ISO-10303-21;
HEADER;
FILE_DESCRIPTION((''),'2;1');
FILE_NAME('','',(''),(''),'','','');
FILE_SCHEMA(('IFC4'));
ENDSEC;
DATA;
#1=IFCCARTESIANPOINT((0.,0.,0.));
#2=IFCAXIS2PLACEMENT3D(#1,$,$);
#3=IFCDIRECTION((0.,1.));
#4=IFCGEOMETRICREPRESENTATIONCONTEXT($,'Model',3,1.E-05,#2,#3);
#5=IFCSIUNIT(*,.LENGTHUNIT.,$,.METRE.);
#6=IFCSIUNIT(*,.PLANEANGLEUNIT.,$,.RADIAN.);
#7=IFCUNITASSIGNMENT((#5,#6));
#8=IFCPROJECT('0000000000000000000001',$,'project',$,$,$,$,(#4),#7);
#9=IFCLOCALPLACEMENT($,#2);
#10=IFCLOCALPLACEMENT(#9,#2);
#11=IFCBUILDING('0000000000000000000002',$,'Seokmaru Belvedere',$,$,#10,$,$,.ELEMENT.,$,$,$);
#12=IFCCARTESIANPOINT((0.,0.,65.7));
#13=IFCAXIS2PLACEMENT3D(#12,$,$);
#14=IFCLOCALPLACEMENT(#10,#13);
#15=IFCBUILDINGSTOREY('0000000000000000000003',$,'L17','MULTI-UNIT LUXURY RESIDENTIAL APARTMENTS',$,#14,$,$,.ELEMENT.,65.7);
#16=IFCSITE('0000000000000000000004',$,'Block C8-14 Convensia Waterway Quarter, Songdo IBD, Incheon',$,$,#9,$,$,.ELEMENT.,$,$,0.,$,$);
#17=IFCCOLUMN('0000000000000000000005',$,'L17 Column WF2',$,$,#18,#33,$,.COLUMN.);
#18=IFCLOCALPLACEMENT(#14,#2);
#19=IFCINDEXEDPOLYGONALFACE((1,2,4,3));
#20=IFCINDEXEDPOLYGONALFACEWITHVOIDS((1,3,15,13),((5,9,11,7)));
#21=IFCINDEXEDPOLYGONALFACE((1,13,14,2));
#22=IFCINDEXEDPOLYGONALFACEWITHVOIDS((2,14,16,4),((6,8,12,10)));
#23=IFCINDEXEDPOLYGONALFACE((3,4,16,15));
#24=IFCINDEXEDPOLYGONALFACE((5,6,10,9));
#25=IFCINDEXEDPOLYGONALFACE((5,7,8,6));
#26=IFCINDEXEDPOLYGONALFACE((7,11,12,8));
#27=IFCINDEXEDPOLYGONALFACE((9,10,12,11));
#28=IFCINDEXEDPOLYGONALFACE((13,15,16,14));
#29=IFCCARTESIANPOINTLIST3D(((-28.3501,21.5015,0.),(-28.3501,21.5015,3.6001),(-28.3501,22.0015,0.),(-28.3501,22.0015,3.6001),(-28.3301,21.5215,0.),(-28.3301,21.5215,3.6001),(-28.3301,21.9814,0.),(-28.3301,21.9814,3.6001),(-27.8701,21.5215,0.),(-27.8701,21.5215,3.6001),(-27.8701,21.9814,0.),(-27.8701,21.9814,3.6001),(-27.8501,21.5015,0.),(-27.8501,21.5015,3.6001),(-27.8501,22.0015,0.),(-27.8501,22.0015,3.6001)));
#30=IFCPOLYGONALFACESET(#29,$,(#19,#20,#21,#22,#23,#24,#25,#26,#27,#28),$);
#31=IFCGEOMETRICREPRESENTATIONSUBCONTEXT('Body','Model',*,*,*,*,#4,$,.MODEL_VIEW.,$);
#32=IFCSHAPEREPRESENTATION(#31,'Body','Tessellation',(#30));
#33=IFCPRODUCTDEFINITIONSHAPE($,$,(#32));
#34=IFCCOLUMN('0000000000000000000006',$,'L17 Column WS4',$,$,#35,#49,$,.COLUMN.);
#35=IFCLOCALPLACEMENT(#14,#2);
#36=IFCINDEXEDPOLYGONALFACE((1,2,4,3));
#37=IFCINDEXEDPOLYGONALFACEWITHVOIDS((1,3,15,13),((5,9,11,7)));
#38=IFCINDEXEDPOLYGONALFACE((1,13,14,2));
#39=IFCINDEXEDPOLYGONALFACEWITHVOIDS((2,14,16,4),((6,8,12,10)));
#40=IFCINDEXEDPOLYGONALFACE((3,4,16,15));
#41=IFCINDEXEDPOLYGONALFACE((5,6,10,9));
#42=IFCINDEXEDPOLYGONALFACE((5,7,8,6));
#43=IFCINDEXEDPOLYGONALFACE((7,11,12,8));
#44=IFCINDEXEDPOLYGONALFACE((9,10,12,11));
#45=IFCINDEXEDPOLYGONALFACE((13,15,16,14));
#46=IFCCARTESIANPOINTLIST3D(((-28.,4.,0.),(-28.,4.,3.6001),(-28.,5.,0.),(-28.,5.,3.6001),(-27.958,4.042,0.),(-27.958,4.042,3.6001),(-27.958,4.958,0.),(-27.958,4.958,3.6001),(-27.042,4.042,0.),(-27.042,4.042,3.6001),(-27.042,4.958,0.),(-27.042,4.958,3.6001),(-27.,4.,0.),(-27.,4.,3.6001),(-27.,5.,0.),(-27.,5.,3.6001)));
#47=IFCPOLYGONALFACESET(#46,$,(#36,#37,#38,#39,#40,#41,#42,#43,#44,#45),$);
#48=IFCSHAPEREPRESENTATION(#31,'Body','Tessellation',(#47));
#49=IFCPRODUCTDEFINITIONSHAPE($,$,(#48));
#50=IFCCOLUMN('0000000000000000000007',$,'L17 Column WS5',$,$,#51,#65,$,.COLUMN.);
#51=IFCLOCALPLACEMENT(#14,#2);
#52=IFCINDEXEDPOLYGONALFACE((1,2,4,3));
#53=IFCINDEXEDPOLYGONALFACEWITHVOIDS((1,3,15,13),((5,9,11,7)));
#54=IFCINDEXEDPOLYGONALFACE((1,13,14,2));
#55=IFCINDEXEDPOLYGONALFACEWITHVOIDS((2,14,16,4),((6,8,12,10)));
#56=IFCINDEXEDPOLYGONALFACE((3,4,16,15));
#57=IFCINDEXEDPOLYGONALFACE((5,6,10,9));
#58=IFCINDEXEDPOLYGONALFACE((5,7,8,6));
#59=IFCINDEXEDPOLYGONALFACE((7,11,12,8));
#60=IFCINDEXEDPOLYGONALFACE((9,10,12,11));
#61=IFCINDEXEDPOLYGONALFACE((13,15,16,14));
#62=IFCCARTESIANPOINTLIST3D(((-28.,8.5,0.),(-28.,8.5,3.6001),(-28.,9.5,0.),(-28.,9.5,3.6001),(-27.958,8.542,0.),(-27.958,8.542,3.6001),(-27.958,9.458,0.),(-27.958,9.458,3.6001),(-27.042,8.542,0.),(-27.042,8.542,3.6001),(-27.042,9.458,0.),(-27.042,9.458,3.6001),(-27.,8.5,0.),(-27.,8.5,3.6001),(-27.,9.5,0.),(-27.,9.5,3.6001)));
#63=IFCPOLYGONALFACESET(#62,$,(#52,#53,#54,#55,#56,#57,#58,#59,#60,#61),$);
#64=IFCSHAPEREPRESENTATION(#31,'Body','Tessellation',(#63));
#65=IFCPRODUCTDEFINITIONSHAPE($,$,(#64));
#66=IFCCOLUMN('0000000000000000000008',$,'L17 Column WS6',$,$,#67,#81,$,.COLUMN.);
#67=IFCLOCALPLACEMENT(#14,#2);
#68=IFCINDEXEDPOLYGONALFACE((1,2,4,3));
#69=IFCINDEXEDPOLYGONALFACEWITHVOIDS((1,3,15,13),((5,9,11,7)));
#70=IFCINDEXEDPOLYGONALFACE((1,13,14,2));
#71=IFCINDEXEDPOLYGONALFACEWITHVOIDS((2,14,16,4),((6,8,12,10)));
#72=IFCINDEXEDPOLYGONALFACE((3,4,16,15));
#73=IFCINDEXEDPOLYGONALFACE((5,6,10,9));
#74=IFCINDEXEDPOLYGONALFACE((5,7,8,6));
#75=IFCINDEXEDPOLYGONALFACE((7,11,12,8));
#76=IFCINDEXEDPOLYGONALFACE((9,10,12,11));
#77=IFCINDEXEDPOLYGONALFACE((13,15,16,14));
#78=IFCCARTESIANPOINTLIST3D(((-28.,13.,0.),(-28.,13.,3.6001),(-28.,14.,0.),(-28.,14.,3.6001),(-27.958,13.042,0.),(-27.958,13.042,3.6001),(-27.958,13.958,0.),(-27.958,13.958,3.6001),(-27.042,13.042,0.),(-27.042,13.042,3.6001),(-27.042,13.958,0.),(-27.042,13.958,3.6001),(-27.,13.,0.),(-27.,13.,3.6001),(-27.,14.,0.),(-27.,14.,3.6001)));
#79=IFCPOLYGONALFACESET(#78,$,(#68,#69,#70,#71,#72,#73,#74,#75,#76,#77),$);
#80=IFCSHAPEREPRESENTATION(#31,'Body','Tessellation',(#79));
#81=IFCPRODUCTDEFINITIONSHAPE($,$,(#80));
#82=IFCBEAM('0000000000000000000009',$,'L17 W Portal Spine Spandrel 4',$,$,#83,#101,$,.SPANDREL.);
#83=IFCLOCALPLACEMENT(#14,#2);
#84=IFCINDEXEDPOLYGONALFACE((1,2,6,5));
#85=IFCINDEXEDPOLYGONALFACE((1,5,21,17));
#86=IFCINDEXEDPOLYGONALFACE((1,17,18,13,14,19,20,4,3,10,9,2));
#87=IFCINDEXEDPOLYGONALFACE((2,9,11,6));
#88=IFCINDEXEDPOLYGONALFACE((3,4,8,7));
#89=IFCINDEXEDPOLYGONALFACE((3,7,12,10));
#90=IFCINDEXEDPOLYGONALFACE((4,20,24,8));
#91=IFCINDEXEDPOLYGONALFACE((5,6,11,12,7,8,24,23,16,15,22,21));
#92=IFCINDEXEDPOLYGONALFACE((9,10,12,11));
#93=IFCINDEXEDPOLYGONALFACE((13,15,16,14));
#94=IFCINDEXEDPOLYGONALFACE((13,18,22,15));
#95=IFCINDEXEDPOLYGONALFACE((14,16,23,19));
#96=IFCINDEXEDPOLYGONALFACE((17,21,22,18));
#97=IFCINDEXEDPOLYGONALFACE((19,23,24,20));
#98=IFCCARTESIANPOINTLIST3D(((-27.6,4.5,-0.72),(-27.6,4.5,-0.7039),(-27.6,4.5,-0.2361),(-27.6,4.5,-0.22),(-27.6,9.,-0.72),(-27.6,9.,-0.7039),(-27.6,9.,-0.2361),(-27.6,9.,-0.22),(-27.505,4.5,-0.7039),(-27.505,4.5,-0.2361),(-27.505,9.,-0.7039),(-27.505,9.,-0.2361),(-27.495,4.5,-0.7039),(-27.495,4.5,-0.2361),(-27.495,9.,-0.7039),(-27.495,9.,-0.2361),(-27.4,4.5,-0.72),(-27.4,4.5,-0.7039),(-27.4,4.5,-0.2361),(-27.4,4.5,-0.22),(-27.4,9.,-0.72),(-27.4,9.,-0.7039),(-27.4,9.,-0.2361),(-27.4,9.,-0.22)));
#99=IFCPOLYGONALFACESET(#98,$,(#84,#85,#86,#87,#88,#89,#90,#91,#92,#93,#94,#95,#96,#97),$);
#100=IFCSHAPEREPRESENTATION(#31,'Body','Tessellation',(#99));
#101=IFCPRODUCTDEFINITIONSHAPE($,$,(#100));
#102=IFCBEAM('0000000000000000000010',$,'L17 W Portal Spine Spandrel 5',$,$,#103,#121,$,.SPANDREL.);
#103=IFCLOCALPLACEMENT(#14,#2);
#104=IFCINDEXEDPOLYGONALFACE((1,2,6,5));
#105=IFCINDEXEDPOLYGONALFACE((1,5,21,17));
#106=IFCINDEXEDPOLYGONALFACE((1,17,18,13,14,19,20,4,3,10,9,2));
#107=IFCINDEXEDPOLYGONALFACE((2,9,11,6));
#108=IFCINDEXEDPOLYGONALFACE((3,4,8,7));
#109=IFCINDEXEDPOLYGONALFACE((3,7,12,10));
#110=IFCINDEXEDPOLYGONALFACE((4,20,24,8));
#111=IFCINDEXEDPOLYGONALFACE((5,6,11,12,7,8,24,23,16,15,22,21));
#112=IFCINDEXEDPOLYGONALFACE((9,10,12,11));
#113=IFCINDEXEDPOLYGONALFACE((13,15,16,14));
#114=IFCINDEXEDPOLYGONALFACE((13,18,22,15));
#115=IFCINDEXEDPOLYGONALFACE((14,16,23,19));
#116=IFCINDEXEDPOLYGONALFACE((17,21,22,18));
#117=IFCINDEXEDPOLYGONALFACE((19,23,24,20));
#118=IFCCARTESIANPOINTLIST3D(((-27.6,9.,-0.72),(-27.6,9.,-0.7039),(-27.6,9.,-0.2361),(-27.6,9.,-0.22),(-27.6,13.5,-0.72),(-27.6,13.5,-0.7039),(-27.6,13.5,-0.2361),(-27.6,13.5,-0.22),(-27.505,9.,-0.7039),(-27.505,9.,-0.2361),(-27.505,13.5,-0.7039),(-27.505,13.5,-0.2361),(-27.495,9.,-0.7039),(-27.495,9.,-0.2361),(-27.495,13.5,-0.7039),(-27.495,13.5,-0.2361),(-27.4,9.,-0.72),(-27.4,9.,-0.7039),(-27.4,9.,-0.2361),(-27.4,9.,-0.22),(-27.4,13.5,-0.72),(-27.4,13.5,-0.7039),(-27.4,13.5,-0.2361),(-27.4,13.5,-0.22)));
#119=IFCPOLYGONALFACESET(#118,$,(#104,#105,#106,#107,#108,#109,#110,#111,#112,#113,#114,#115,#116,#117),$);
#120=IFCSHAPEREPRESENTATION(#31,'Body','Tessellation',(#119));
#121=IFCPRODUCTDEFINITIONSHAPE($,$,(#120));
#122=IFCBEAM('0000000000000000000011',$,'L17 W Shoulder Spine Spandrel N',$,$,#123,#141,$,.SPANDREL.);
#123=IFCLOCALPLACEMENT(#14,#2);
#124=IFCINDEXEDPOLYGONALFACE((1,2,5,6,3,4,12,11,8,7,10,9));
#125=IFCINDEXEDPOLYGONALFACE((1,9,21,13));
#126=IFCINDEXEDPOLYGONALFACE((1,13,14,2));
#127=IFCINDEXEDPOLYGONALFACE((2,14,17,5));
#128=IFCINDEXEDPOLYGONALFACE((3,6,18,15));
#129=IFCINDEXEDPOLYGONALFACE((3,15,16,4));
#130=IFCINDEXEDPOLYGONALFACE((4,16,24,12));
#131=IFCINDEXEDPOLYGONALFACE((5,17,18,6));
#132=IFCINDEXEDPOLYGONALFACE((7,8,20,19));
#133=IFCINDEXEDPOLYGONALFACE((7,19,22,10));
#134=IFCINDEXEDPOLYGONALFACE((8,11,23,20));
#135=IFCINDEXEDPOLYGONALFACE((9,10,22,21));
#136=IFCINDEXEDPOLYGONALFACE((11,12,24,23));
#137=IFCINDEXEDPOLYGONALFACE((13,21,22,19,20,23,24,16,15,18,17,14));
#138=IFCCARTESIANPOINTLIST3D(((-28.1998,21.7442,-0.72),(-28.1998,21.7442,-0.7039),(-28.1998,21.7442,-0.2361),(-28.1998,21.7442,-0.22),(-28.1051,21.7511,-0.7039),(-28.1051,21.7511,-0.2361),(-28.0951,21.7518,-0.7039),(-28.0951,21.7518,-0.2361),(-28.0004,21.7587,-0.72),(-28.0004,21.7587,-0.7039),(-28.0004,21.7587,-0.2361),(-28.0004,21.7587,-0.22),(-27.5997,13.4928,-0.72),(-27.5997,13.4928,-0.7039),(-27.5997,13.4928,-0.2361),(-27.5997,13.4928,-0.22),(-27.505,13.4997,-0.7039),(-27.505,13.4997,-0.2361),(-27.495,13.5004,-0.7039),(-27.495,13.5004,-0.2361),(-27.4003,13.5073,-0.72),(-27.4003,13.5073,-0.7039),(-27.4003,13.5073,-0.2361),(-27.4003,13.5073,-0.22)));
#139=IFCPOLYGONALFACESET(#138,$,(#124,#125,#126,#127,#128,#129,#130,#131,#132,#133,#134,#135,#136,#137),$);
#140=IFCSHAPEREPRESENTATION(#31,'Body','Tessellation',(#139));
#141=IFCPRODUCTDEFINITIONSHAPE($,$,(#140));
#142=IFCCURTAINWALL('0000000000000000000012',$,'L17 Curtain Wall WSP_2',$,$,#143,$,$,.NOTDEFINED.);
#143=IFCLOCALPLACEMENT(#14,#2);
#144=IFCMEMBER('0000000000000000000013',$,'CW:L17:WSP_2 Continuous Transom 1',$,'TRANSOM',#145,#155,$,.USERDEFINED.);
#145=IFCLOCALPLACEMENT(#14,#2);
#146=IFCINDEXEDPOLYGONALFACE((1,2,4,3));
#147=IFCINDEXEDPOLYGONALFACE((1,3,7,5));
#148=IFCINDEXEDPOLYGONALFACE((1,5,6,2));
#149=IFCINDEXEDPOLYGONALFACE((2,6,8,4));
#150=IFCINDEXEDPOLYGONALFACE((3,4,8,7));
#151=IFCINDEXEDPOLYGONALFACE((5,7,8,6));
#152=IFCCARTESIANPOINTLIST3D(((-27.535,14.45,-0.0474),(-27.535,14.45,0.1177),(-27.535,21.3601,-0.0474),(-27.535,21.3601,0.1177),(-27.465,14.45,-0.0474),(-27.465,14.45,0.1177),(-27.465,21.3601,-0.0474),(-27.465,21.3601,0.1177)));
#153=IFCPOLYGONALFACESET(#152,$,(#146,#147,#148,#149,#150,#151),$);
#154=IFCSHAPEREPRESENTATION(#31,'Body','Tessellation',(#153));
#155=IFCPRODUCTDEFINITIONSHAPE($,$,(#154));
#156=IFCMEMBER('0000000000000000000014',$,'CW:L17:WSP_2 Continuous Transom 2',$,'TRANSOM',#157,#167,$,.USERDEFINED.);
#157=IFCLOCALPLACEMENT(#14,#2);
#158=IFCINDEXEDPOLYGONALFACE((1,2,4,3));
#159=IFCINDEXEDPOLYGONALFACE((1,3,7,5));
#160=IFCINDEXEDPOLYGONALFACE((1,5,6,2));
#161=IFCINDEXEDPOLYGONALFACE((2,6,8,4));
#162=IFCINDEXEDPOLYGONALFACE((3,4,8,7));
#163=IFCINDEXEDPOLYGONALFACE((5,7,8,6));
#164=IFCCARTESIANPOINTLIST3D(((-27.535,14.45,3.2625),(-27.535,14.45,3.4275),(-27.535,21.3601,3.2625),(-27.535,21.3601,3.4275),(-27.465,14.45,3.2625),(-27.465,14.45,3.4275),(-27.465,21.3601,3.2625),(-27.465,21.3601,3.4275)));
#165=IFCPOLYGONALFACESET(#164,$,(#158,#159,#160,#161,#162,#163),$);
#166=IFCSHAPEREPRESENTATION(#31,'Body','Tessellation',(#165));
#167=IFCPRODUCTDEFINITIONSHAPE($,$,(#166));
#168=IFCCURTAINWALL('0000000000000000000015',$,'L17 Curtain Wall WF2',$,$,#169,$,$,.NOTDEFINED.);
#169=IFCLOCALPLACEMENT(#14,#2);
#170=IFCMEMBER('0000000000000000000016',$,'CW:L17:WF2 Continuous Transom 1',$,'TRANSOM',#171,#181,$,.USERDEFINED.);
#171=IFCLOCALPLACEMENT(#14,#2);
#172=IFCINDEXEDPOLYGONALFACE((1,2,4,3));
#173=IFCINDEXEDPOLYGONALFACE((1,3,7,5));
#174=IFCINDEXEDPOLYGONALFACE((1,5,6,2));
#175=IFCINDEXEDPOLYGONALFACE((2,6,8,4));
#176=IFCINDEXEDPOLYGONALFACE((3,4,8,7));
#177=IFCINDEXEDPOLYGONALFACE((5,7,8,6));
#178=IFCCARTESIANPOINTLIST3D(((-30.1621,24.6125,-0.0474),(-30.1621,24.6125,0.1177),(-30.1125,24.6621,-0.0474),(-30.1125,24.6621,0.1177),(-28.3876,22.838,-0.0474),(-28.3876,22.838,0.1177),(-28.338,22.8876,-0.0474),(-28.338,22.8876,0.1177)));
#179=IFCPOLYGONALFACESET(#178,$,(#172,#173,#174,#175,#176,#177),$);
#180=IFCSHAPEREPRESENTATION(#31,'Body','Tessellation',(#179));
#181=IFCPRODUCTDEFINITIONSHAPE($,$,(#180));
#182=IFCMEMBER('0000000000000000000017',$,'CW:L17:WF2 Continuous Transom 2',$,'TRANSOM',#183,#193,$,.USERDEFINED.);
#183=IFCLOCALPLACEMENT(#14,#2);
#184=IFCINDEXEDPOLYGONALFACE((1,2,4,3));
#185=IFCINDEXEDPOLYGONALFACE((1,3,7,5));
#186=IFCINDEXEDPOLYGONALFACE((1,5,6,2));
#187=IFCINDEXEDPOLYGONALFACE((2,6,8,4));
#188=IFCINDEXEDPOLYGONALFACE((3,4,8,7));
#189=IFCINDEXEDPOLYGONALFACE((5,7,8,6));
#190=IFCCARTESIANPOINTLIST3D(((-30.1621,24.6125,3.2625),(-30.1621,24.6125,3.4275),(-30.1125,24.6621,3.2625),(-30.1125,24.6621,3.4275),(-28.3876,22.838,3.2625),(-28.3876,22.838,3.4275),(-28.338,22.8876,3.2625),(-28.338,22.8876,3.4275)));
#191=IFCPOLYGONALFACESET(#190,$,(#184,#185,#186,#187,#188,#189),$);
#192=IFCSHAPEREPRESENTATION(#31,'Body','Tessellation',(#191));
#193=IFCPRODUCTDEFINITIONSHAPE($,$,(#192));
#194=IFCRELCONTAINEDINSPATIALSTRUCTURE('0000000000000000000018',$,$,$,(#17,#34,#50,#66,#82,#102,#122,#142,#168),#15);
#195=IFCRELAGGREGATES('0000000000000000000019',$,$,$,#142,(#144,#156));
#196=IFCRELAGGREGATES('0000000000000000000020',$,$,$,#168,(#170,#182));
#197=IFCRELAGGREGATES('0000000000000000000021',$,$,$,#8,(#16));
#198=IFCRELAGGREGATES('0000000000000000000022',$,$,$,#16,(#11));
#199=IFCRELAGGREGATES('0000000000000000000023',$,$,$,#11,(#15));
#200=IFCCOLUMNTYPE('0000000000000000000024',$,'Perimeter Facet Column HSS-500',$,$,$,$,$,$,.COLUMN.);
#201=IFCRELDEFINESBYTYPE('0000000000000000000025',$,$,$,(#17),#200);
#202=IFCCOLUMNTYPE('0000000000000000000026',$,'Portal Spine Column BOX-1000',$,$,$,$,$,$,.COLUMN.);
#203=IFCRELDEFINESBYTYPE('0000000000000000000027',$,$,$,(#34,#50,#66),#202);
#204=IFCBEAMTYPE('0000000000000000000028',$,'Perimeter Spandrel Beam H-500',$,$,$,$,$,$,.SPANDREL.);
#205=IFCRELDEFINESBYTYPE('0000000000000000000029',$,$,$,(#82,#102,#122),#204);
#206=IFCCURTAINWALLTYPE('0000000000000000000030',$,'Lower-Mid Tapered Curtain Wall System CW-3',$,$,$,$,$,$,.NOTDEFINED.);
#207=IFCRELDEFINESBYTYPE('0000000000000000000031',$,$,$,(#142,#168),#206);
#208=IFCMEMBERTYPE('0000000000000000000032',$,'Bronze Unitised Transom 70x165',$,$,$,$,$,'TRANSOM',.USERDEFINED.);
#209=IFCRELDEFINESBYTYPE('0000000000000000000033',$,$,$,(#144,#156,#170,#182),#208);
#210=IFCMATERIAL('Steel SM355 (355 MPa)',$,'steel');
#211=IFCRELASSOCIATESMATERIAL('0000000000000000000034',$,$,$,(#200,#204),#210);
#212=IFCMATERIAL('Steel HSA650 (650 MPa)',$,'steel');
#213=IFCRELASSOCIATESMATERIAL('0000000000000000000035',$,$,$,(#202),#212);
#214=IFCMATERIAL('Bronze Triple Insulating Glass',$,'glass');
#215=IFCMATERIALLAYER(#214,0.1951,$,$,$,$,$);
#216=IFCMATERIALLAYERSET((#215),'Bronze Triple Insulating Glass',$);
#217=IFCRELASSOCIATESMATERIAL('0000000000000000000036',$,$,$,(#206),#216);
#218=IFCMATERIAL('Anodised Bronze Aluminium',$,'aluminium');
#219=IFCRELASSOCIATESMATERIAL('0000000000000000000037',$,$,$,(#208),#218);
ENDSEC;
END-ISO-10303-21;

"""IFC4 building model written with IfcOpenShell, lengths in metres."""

from ifc_helpers import new_model, si_unit, direction, frame, origin, origin_2d, place, context, subcontext, project, spatial, rectangle, hollow_rectangle, i_section, extrude, source, transform, mapped, material, layer, layer_set, material_profile, profile_set, type_object, type_shapes, element, aggregate, save


model = new_model("IFC4")

# Units and contexts
model_context = context("Model", 3, precision=1e-05, world=origin(), true_north=direction((0.0, 1.0)))
body_context = subcontext(model_context, "Body", "Model", "MODEL_VIEW")
ifc_project = project(units=[si_unit("LENGTHUNIT", "METRE"), si_unit("PLANEANGLEUNIT", "RADIAN")], contexts=[model_context])

# Site, building, storey
site_placement = place(None, origin())
site = spatial("IfcSite", under=ifc_project, at=site_placement, Name="Block C8-14 Convensia Waterway Quarter, Songdo IBD, Incheon", CompositionType="ELEMENT", RefElevation=0.0)
building_placement = place(site_placement, origin())
building = spatial("IfcBuilding", under=site, at=building_placement, Name="Seokmaru Belvedere", CompositionType="ELEMENT")
storey_placement = place(building_placement, frame((0.0, 0.0, 65.7)))
storey = spatial("IfcBuildingStorey", under=building, at=storey_placement, Name="L17", Description="MULTI-UNIT LUXURY RESIDENTIAL APARTMENTS", CompositionType="ELEMENT", Elevation=65.7)

# Columns
ifc_material_1 = material(Name="Steel SM355 (355 MPa)", Category="steel")
ifc_material_profile_1 = material_profile(ifc_material_1, hollow_rectangle(XDim=0.5, YDim=0.5, WallThickness=0.02, at=origin_2d()), Name="HSS-500x500x20")
ifc_profile_set_1 = profile_set([ifc_material_profile_1], Name="Steel SM355 (355 MPa)")
column_type_1 = type_object("IfcColumnType", Name="Perimeter Facet Column HSS-500", PredefinedType="COLUMN", material=ifc_profile_set_1)
shared_shape_1 = source(origin(), body_context, "Body", "SweptSolid", [
    extrude(hollow_rectangle(XDim=0.5, YDim=0.5, WallThickness=0.02, at=origin_2d()), origin(), (0.0, 0.0, 1.0), 3.6001),
])
type_shapes(column_type_1, [shared_shape_1])
column_placement = place(storey_placement, frame((-28.1001, 21.7515, 0.0), z_axis=(0.0, 0.0, 1.0), x_axis=(1.0, 0.0, 0.0)))
element("IfcColumn", 1, at=column_placement, inside=storey, type_object=column_type_1, Name="L17 Column WF2", PredefinedType="COLUMN", context=body_context, shape_type="MappedRepresentation", body=[
    mapped(shared_shape_1, transform((0.0, 0.0, 0.0), scale=1.0)),
])
ifc_material_2 = material(Name="Steel HSA650 (650 MPa)", Category="steel")
ifc_material_profile_2 = material_profile(ifc_material_2, hollow_rectangle(XDim=1.0, YDim=1.0, WallThickness=0.042, at=origin_2d()), Name="BOX-1000x1000x42")
ifc_profile_set_2 = profile_set([ifc_material_profile_2], Name="Steel HSA650 (650 MPa)")
column_type_2 = type_object("IfcColumnType", Name="Portal Spine Column BOX-1000", PredefinedType="COLUMN", material=ifc_profile_set_2)
shared_shape_2 = source(origin(), body_context, "Body", "SweptSolid", [
    extrude(hollow_rectangle(XDim=1.0, YDim=1.0, WallThickness=0.042, at=origin_2d()), origin(), (0.0, 0.0, 1.0), 3.6001),
])
type_shapes(column_type_2, [shared_shape_2])
for number, where, z_axis, x_axis, name in (
    (2, (-27.5, 4.5, 0.0), (0.0, 0.0, 1.0), (1.0, 0.0, 0.0), "L17 Column WS4"),
    (3, (-27.5, 9.0, 0.0), (0.0, 0.0, 1.0), (1.0, 0.0, 0.0), "L17 Column WS5"),
    (4, (-27.5, 13.5, 0.0), (0.0, 0.0, 1.0), (1.0, 0.0, 0.0), "L17 Column WS6"),
):
    element("IfcColumn", number, at=place(storey_placement, frame(where, z_axis=z_axis, x_axis=x_axis)), inside=storey, type_object=column_type_2, Name=name, PredefinedType="COLUMN", context=body_context, shape_type="MappedRepresentation", body=[
        mapped(shared_shape_2, transform((0.0, 0.0, 0.0), scale=1.0)),
    ])

# Beams
ifc_material_profile_3 = material_profile(ifc_material_1, i_section(OverallWidth=0.2, OverallDepth=0.5, WebThickness=0.01, FlangeThickness=0.0161, at=origin_2d()), Name="H-500x200x10x16")
ifc_profile_set_3 = profile_set([ifc_material_profile_3], Name="Steel SM355 (355 MPa)")
beam_type = type_object("IfcBeamType", Name="Perimeter Spandrel Beam H-500", PredefinedType="SPANDREL", material=ifc_profile_set_3)
shared_shape_3 = source(origin(), body_context, "Body", "SweptSolid", [
    extrude(i_section(OverallWidth=0.2, OverallDepth=0.5, WebThickness=0.01, FlangeThickness=0.0161, at=origin_2d()), origin(), (0.0, 0.0, 1.0), 4.5),
])
for number, where, z_axis, x_axis, name in (
    (5, (-27.5, 4.5, -0.47), (0.0, 1.0, 0.0), (-1.0, 0.0, 0.0), "L17 W Portal Spine Spandrel 4"),
    (6, (-27.5, 9.0, -0.47), (0.0, 1.0, 0.0), (-1.0, 0.0, 0.0), "L17 W Portal Spine Spandrel 5"),
):
    element("IfcBeam", number, at=place(storey_placement, frame(where, z_axis=z_axis, x_axis=x_axis)), inside=storey, type_object=beam_type, Name=name, PredefinedType="SPANDREL", context=body_context, shape_type="MappedRepresentation", body=[
        mapped(shared_shape_3, transform((0.0, 0.0, 0.0), scale=1.0)),
    ])
shared_shape_4 = source(origin(), body_context, "Body", "SweptSolid", [
    extrude(i_section(OverallWidth=0.2, OverallDepth=0.5, WebThickness=0.01, FlangeThickness=0.0161, at=origin_2d()), origin(), (0.0, 0.0, 1.0), 8.2732),
])
type_shapes(beam_type, [shared_shape_3, shared_shape_4])
beam_placement = place(storey_placement, frame((-28.1001, 21.7515, -0.47), z_axis=(0.072535, -0.997366, 0.0), x_axis=(0.997366, 0.072535, 0.0)))
element("IfcBeam", 7, at=beam_placement, inside=storey, type_object=beam_type, Name="L17 W Shoulder Spine Spandrel N", PredefinedType="SPANDREL", context=body_context, shape_type="MappedRepresentation", body=[
    mapped(shared_shape_4, transform((0.0, 0.0, 0.0), scale=1.0)),
])

# Curtain walls, members
ifc_material_3 = material(Name="Bronze Triple Insulating Glass", Category="glass")
ifc_layer_1 = layer(ifc_material_3, 0.1951)
ifc_layer_set_1 = layer_set([ifc_layer_1], Name="Bronze Triple Insulating Glass")
curtain_wall_type = type_object("IfcCurtainWallType", Name="Lower-Mid Tapered Curtain Wall System CW-3", PredefinedType="NOTDEFINED", material=ifc_layer_set_1)
curtain_wall_1_placement = place(storey_placement, origin())
curtain_wall_1 = element("IfcCurtainWall", 8, at=curtain_wall_1_placement, inside=storey, type_object=curtain_wall_type, Name="L17 Curtain Wall WSP_2", PredefinedType="NOTDEFINED")
ifc_material_4 = material(Name="Anodised Bronze Aluminium", Category="aluminium")
ifc_material_profile_4 = material_profile(ifc_material_4, rectangle(XDim=0.0701, YDim=0.165, at=origin_2d()), Name="CW-T-70x165")
ifc_profile_set_4 = profile_set([ifc_material_profile_4], Name="Anodised Bronze Aluminium")
member_type_1 = type_object("IfcMemberType", Name="Bronze Unitised Transom 70x165", ElementType="TRANSOM", PredefinedType="USERDEFINED", material=ifc_profile_set_4)
shared_shape_5 = source(origin(), body_context, "Body", "SweptSolid", [
    extrude(rectangle(XDim=0.0701, YDim=0.165, at=origin_2d()), origin(), (0.0, 0.0, 1.0), 6.9102),
])
member_1_placement = place(storey_placement, frame((-27.5, 14.45, 0.0352), z_axis=(0.0, 1.0, 0.0), x_axis=(-1.0, 0.0, 0.0)))
member_1 = element("IfcMember", 9, at=member_1_placement, type_object=member_type_1, Name="CW:L17:WSP_2 Continuous Transom 1", ObjectType="TRANSOM", PredefinedType="USERDEFINED", context=body_context, shape_type="MappedRepresentation", body=[
    mapped(shared_shape_5, transform((0.0, 0.0, 0.0), scale=1.0)),
])
member_2_placement = place(storey_placement, frame((-27.5, 14.45, 3.345), z_axis=(0.0, 1.0, 0.0), x_axis=(-1.0, 0.0, 0.0)))
member_2 = element("IfcMember", 10, at=member_2_placement, type_object=member_type_1, Name="CW:L17:WSP_2 Continuous Transom 2", ObjectType="TRANSOM", PredefinedType="USERDEFINED", context=body_context, shape_type="MappedRepresentation", body=[
    mapped(shared_shape_5, transform((0.0, 0.0, 0.0), scale=1.0)),
])
curtain_wall_2_placement = place(storey_placement, origin())
curtain_wall_2 = element("IfcCurtainWall", 11, at=curtain_wall_2_placement, inside=storey, type_object=curtain_wall_type, Name="L17 Curtain Wall WF2", PredefinedType="NOTDEFINED")
shared_shape_6 = source(origin(), body_context, "Body", "SweptSolid", [
    extrude(rectangle(XDim=0.0701, YDim=0.165, at=origin_2d()), origin(), (0.0, 0.0, 1.0), 2.5095),
])
type_shapes(member_type_1, [shared_shape_5, shared_shape_6])
member_3_placement = place(storey_placement, frame((-28.3628, 22.8628, 0.0352), z_axis=(-0.707107, 0.707107, 0.0), x_axis=(-0.707107, -0.707107, 0.0)))
member_3 = element("IfcMember", 12, at=member_3_placement, type_object=member_type_1, Name="CW:L17:WF2 Continuous Transom 1", ObjectType="TRANSOM", PredefinedType="USERDEFINED", context=body_context, shape_type="MappedRepresentation", body=[
    mapped(shared_shape_6, transform((0.0, 0.0, 0.0), scale=1.0)),
])
member_4_placement = place(storey_placement, frame((-28.3628, 22.8628, 3.345), z_axis=(-0.707107, 0.707107, 0.0), x_axis=(-0.707107, -0.707107, 0.0)))
member_4 = element("IfcMember", 13, at=member_4_placement, type_object=member_type_1, Name="CW:L17:WF2 Continuous Transom 2", ObjectType="TRANSOM", PredefinedType="USERDEFINED", context=body_context, shape_type="MappedRepresentation", body=[
    mapped(shared_shape_6, transform((0.0, 0.0, 0.0), scale=1.0)),
])

aggregate(curtain_wall_1, [member_1, member_2])
aggregate(curtain_wall_2, [member_3, member_4])

save(model, "model.ifc")
